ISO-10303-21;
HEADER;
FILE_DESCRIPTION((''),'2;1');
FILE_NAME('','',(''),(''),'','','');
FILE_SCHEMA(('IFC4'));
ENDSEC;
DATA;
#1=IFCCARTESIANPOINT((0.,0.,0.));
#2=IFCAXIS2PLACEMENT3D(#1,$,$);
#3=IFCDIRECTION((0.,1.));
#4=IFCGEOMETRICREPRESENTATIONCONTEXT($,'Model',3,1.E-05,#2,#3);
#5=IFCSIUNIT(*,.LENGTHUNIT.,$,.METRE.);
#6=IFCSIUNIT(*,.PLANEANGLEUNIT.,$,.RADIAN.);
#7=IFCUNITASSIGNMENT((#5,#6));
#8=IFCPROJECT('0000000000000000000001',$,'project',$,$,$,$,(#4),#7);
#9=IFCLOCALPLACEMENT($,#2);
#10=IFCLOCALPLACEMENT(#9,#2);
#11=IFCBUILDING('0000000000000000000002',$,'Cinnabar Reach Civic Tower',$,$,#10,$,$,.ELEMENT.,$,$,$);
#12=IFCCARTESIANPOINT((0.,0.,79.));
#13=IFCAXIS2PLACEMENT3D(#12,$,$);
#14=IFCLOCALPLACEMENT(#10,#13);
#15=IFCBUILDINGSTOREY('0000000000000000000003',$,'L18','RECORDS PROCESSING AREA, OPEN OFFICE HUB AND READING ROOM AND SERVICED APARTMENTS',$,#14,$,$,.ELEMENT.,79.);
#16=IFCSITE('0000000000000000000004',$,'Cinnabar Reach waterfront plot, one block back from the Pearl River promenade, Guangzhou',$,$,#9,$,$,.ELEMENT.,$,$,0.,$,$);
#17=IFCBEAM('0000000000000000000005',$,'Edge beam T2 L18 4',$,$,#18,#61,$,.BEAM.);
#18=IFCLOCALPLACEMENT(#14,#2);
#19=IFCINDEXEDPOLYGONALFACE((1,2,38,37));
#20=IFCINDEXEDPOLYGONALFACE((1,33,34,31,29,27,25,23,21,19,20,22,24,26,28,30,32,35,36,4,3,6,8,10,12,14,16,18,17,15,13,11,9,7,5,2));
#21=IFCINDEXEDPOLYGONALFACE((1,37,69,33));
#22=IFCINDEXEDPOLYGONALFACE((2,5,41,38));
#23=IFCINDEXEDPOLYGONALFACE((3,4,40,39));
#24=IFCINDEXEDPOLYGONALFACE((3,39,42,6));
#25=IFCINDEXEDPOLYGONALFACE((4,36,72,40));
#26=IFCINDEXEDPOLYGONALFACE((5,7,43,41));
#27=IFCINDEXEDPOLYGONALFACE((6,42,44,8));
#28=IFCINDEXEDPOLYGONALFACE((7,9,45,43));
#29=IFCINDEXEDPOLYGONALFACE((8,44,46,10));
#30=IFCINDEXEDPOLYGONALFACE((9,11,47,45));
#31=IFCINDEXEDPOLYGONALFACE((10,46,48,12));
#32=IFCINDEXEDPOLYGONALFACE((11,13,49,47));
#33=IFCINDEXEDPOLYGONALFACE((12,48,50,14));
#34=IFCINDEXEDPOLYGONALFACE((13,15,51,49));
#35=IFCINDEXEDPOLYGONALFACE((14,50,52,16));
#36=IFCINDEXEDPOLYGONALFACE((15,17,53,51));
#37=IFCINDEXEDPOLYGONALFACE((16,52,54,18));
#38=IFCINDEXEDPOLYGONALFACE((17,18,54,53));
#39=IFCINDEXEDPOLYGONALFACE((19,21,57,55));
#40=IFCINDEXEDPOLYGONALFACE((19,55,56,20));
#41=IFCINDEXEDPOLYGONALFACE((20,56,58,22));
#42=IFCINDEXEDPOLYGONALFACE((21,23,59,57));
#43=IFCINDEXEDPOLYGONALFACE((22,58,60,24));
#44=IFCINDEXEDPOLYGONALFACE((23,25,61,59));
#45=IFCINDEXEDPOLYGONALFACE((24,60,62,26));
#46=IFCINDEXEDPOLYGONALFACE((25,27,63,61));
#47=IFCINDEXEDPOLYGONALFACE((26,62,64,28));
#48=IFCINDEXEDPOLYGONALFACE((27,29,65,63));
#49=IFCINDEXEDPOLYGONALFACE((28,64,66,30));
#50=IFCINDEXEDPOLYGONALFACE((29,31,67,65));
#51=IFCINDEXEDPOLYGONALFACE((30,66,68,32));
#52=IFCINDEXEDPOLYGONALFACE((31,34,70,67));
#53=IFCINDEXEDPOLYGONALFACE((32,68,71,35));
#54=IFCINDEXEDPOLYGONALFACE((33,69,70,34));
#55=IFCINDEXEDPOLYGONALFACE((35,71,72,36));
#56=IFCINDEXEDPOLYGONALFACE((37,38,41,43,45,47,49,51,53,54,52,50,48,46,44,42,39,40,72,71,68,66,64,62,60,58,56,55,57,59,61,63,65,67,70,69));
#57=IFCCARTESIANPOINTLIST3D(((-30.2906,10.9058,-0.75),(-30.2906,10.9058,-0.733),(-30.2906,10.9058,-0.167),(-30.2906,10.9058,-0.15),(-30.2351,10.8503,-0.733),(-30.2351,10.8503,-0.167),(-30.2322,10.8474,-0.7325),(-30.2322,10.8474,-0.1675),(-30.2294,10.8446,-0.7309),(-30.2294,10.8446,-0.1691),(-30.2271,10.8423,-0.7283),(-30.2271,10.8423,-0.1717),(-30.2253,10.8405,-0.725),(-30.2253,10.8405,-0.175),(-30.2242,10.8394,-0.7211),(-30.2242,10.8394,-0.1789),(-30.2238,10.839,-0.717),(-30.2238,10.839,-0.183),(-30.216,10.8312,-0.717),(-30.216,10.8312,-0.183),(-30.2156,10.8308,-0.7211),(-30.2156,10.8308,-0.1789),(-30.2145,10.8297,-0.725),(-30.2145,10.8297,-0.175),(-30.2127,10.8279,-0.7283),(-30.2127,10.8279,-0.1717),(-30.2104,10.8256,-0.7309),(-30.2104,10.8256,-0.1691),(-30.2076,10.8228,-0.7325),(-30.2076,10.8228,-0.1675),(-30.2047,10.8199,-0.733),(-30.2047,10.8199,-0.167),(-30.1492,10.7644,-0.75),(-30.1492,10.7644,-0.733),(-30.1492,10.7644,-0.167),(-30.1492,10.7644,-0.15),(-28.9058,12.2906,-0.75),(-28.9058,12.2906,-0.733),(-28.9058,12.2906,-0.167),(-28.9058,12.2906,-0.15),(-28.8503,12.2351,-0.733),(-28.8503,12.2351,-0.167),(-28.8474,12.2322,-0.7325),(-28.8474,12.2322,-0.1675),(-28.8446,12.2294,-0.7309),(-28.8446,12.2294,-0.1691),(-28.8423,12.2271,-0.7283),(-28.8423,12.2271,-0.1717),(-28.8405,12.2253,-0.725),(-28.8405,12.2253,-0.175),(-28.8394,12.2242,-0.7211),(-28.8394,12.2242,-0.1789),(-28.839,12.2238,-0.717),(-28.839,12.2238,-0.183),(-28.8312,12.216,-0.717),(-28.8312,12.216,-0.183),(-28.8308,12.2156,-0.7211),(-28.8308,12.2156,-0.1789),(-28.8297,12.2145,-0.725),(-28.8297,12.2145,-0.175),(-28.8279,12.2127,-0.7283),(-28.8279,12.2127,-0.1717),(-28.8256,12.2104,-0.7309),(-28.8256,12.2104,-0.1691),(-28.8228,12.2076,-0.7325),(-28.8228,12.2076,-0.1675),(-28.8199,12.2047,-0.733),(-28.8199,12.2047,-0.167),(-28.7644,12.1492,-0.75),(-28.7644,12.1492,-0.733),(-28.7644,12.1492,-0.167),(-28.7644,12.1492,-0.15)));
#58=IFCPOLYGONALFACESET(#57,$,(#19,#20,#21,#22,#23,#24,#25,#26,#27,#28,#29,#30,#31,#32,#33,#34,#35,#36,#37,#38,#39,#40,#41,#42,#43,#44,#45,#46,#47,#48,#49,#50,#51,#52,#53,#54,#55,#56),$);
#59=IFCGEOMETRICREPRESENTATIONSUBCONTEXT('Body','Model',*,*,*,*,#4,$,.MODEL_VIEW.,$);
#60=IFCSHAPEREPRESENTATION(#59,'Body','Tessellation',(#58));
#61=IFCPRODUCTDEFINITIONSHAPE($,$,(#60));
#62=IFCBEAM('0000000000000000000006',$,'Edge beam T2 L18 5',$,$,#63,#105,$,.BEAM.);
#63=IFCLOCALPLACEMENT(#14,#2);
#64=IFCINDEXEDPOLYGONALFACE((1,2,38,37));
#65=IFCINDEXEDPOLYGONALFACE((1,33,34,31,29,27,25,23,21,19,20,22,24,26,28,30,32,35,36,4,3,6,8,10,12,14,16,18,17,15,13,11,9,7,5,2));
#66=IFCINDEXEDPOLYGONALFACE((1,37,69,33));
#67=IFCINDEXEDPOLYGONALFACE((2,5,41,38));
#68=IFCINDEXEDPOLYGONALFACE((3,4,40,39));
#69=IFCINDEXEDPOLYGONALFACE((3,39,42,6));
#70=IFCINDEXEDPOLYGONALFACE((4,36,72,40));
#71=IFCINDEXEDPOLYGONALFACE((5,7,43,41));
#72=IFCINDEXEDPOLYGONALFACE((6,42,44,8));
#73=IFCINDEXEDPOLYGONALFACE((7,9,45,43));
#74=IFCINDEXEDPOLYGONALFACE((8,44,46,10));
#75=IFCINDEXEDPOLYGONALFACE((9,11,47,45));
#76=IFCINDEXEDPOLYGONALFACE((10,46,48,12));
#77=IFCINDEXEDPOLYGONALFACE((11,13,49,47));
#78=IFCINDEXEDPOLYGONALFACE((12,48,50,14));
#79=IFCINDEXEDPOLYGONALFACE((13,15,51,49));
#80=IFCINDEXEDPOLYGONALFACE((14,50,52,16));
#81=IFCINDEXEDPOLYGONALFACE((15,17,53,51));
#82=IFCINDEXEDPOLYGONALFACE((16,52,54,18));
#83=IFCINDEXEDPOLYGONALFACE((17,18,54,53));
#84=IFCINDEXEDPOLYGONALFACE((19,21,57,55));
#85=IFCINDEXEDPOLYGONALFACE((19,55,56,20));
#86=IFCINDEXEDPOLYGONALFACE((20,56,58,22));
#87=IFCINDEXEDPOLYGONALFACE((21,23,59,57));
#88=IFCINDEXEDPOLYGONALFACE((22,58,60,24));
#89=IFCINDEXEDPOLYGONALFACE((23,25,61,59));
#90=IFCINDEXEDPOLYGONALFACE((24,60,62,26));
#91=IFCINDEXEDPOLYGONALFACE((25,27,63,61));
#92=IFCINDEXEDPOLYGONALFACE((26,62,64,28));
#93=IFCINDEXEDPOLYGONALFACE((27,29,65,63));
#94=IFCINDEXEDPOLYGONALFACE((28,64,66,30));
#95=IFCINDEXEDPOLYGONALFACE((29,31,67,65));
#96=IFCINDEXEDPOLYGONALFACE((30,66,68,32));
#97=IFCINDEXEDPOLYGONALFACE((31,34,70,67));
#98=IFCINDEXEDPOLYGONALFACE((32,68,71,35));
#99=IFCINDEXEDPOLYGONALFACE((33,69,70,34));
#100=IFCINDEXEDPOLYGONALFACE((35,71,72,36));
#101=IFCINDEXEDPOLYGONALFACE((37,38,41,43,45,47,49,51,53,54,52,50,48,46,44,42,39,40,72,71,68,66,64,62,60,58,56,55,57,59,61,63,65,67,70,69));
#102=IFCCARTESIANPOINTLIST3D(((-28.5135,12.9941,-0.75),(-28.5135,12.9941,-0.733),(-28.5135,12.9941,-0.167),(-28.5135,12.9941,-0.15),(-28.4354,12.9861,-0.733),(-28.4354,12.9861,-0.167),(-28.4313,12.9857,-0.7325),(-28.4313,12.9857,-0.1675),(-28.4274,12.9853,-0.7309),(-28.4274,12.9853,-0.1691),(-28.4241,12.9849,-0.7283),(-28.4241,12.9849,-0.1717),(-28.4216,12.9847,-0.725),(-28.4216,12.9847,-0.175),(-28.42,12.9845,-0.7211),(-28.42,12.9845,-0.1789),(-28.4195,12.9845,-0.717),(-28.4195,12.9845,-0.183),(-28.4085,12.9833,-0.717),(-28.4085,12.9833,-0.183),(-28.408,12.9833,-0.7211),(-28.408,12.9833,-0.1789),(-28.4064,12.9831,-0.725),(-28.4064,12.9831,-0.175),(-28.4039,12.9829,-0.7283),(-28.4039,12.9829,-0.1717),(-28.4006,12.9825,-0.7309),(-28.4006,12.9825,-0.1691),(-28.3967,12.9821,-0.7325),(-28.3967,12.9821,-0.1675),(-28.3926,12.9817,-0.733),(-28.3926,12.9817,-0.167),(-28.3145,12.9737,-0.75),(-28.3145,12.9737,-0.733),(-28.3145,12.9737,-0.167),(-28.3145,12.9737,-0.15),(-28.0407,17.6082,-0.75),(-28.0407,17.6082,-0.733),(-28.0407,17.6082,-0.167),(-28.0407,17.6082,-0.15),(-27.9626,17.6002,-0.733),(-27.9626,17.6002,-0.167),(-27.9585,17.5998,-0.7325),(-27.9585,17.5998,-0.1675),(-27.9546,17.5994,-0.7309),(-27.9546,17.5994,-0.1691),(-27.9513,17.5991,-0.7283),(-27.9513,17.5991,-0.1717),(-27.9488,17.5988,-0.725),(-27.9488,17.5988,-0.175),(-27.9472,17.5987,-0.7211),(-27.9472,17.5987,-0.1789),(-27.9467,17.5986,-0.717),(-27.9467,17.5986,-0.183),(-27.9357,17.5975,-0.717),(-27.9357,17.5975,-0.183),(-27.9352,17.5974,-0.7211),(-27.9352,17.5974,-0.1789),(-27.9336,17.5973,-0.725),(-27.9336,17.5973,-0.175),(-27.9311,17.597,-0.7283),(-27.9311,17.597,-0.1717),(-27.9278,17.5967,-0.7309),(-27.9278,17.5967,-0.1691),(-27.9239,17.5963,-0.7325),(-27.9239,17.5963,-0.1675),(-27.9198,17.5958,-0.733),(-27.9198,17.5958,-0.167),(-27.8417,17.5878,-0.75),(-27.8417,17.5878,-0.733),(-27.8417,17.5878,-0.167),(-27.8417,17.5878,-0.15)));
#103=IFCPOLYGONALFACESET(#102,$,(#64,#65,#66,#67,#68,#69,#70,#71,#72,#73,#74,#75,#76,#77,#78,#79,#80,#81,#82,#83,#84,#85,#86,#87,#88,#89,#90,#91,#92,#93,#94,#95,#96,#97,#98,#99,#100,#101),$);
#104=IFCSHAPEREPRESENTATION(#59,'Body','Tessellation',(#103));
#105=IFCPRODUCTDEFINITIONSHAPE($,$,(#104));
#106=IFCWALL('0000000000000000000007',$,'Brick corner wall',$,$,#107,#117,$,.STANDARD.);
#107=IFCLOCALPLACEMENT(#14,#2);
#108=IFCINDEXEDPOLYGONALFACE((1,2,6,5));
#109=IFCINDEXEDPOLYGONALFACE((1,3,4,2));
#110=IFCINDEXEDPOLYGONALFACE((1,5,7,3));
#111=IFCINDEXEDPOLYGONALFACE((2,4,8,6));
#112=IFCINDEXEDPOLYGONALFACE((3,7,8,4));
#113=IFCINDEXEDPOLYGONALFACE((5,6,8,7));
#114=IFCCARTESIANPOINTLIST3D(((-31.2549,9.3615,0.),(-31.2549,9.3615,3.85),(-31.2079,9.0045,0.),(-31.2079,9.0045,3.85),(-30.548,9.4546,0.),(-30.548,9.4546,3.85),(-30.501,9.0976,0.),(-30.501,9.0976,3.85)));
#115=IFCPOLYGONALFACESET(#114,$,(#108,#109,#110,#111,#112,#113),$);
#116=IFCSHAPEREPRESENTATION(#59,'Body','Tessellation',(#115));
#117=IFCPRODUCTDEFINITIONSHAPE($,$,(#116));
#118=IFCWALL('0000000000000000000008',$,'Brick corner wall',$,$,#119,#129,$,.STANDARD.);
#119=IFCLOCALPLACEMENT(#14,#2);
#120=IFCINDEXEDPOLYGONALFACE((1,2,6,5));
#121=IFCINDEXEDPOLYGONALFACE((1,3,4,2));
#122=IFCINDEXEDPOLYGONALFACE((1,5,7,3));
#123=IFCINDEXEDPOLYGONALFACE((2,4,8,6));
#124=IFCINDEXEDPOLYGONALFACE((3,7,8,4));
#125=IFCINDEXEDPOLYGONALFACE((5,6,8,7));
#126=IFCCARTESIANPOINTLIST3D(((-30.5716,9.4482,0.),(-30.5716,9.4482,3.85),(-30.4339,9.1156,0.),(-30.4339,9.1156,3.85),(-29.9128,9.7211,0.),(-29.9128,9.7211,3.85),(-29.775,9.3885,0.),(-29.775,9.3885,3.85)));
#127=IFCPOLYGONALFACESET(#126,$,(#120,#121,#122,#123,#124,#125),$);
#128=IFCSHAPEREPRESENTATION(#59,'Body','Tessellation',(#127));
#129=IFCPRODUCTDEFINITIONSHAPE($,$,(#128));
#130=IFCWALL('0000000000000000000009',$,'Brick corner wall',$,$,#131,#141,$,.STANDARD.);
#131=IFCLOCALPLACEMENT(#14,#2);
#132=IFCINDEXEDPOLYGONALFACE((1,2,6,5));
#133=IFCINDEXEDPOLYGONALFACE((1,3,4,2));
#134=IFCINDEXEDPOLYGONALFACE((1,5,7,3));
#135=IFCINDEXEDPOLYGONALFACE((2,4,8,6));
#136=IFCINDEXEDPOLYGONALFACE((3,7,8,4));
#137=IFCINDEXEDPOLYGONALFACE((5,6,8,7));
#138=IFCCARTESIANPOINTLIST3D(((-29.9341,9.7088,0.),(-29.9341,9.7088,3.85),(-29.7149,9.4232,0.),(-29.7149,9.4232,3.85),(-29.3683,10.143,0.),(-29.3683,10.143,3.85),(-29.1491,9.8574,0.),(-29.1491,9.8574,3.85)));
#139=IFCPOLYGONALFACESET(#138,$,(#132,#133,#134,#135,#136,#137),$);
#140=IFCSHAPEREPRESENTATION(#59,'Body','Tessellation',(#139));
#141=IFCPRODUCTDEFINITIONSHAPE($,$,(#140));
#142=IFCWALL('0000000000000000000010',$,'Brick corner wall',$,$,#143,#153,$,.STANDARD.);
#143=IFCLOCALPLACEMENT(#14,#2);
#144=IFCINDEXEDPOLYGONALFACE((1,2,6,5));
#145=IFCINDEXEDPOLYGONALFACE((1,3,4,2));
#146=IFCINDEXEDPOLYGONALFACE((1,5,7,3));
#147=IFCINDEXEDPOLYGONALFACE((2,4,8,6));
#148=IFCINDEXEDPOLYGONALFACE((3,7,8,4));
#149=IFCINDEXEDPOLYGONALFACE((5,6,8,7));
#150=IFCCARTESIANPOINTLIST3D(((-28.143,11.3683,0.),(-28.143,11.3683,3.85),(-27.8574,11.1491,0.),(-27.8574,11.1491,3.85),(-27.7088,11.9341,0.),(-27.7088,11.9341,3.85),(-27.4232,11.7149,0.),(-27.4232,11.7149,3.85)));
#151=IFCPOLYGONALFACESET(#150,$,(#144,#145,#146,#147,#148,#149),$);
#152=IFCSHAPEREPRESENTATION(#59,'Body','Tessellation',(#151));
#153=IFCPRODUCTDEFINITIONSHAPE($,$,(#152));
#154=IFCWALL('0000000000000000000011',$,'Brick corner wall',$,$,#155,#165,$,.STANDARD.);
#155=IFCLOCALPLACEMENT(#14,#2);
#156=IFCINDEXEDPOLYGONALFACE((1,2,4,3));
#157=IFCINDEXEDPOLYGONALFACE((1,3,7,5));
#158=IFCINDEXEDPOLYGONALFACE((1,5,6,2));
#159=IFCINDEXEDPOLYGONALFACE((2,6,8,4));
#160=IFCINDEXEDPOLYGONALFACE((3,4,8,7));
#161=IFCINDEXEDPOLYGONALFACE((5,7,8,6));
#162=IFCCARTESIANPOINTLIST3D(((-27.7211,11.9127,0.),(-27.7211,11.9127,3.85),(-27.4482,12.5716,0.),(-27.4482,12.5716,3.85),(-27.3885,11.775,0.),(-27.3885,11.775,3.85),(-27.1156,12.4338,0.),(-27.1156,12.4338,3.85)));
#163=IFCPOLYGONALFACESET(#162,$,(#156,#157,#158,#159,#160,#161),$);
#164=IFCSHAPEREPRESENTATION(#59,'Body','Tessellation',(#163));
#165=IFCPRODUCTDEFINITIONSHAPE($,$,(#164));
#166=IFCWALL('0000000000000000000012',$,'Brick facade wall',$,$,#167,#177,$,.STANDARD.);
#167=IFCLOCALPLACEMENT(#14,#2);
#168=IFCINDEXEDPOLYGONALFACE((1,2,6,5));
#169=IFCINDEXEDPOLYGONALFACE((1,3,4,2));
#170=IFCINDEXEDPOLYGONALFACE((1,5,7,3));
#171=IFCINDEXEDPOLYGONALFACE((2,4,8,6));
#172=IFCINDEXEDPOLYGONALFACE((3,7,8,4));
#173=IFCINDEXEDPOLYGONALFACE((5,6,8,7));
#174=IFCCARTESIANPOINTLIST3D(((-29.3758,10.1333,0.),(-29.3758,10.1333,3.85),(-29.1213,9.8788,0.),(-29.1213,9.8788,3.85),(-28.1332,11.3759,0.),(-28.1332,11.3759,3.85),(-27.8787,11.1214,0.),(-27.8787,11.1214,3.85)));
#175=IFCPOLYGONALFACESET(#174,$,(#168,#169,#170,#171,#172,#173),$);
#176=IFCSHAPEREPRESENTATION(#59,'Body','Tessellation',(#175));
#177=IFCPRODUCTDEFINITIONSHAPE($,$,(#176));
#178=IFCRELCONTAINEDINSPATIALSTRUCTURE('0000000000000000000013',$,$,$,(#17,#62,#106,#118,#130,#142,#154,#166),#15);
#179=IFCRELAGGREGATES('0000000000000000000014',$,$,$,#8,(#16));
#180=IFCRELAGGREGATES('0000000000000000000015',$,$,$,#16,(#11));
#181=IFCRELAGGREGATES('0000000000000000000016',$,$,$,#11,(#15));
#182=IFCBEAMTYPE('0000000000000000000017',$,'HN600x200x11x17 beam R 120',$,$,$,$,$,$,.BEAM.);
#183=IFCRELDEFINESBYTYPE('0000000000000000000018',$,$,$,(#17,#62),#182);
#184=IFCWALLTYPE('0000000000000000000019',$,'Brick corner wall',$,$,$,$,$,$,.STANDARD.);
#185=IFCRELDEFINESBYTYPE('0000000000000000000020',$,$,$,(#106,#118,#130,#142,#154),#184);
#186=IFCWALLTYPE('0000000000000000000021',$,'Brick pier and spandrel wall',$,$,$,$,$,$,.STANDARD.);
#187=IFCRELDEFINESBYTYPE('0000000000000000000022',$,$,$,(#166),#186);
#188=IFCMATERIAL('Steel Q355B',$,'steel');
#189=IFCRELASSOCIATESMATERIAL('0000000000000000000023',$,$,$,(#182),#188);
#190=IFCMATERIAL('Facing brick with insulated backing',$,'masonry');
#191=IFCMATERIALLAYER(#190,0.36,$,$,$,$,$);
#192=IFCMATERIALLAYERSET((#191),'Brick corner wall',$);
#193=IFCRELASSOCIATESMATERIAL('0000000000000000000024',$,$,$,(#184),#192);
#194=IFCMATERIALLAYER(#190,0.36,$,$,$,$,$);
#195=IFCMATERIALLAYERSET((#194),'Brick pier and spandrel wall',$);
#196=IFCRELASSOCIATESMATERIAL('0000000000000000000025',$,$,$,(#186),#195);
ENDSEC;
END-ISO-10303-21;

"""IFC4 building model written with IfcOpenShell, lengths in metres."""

from ifc_helpers import new_model, si_unit, direction, frame, frame_2d, origin, origin_2d, place, context, subcontext, project, spatial, rectangle, i_section, extrude, material, layer, layer_set, material_profile, profile_set, type_object, element, save


model = new_model("IFC4")

# Units and contexts
model_context = context("Model", 3, precision=1e-05, world=origin(), true_north=direction((0.0, 1.0)))
body_context = subcontext(model_context, "Body", "Model", "MODEL_VIEW")
ifc_project = project(units=[si_unit("LENGTHUNIT", "METRE"), si_unit("PLANEANGLEUNIT", "RADIAN")], contexts=[model_context])

# Site, building, storey
site_placement = place(None, origin())
site = spatial("IfcSite", under=ifc_project, at=site_placement, Name="Cinnabar Reach waterfront plot, one block back from the Pearl River promenade, Guangzhou", CompositionType="ELEMENT", RefElevation=0.0)
building_placement = place(site_placement, origin())
building = spatial("IfcBuilding", under=site, at=building_placement, Name="Cinnabar Reach Civic Tower", CompositionType="ELEMENT")
storey_placement = place(building_placement, frame((0.0, 0.0, 79.0)))
storey = spatial("IfcBuildingStorey", under=building, at=storey_placement, Name="L18", Description="RECORDS PROCESSING AREA, OPEN OFFICE HUB AND READING ROOM AND SERVICED APARTMENTS", CompositionType="ELEMENT", Elevation=79.0)

# Beams
ifc_material_1 = material(Name="Steel Q355B", Category="steel")
ifc_material_profile_1 = material_profile(ifc_material_1, i_section(OverallWidth=0.2, OverallDepth=0.6, WebThickness=0.011, FlangeThickness=0.017, FilletRadius=0.016, at=origin_2d()), Name="HN600x200x11x17")
ifc_profile_set_1 = profile_set([ifc_material_profile_1], Name="Steel Q355B")
beam_type_1 = type_object("IfcBeamType", Name="HN600x200x11x17 beam R 120", PredefinedType="BEAM", material=ifc_profile_set_1)
beam_1_placement = place(storey_placement, frame((-30.2199, 10.8351, -0.45), z_axis=(0.707107, 0.707107, 0.0), x_axis=(-0.707107, 0.707107, 0.0)))
element("IfcBeam", 1, at=beam_1_placement, inside=storey, type_object=beam_type_1, Name="Edge beam T2 L18 4", PredefinedType="BEAM", context=body_context, shape_type="SweptSolid", body=[
    extrude(i_section(OverallWidth=0.2, OverallDepth=0.6, WebThickness=0.011, FlangeThickness=0.017, FilletRadius=0.016, at=origin_2d()), origin(), (0.0, 0.0, 1.0), 1.9584),
])
beam_2_placement = place(storey_placement, frame((-28.414, 12.9839, -0.45), z_axis=(0.101935, 0.994791, 0.0), x_axis=(-0.994791, 0.101935, 0.0)))
element("IfcBeam", 2, at=beam_2_placement, inside=storey, type_object=beam_type_1, Name="Edge beam T2 L18 5", PredefinedType="BEAM", context=body_context, shape_type="SweptSolid", body=[
    extrude(i_section(OverallWidth=0.2, OverallDepth=0.6, WebThickness=0.011, FlangeThickness=0.017, FilletRadius=0.016, at=origin_2d()), origin(), (0.0, 0.0, 1.0), 4.6383),
])

# Walls
ifc_material_2 = material(Name="Facing brick with insulated backing", Category="masonry")
ifc_layer_1 = layer(ifc_material_2, 0.36)
ifc_layer_set_1 = layer_set([ifc_layer_1], Name="Brick corner wall")
wall_type_1 = type_object("IfcWallType", Name="Brick corner wall", PredefinedType="STANDARD", material=ifc_layer_set_1)
for number, where, z_axis, x_axis, name in (
    (3, (-31.2314, 9.183, 0.0), (0.0, 0.0, 1.0), (0.991441, 0.130556, 0.0), "Brick corner wall"),
    (4, (-30.5027, 9.2819, 0.0), (0.0, 0.0, 1.0), (0.923872, 0.382703, 0.0), "Brick corner wall"),
):
    element("IfcWall", number, at=place(storey_placement, frame(where, z_axis=z_axis, x_axis=x_axis)), inside=storey, type_object=wall_type_1, Name=name, PredefinedType="STANDARD", context=body_context, shape_type="SweptSolid", body=[
        extrude(rectangle(XDim=0.7131, YDim=0.36, at=frame_2d((0.3565, 0.0))), origin(), (0.0, 0.0, 1.0), 3.85),
    ])
for number, where, z_axis, x_axis, name in (
    (5, (-29.8245, 9.566, 0.0), (0.0, 0.0, 1.0), (0.793322, 0.608802, 0.0), "Brick corner wall"),
    (6, (-28.0002, 11.2587, 0.0), (0.0, 0.0, 1.0), (0.608802, 0.793322, 0.0), "Brick corner wall"),
):
    element("IfcWall", number, at=place(storey_placement, frame(where, z_axis=z_axis, x_axis=x_axis)), inside=storey, type_object=wall_type_1, Name=name, PredefinedType="STANDARD", context=body_context, shape_type="SweptSolid", body=[
        extrude(rectangle(XDim=0.7132, YDim=0.36, at=frame_2d((0.3566, 0.0))), origin(), (0.0, 0.0, 1.0), 3.85),
    ])
wall_1_placement = place(storey_placement, frame((-27.5548, 11.8439, 0.0), z_axis=(0.0, 0.0, 1.0), x_axis=(0.382703, 0.923872, 0.0)))
element("IfcWall", 7, at=wall_1_placement, inside=storey, type_object=wall_type_1, Name="Brick corner wall", PredefinedType="STANDARD", context=body_context, shape_type="SweptSolid", body=[
    extrude(rectangle(XDim=0.7131, YDim=0.36, at=frame_2d((0.3565, 0.0))), origin(), (0.0, 0.0, 1.0), 3.85),
])
ifc_layer_2 = layer(ifc_material_2, 0.36)
ifc_layer_set_2 = layer_set([ifc_layer_2], Name="Brick pier and spandrel wall")
wall_type_2 = type_object("IfcWallType", Name="Brick pier and spandrel wall", PredefinedType="STANDARD", material=ifc_layer_set_2)
wall_2_placement = place(storey_placement, frame((-29.2486, 10.006, 0.0), z_axis=(0.0, 0.0, 1.0), x_axis=(0.707107, 0.707107, 0.0)))
element("IfcWall", 8, at=wall_2_placement, inside=storey, type_object=wall_type_2, Name="Brick facade wall", PredefinedType="STANDARD", context=body_context, shape_type="SweptSolid", body=[
    extrude(rectangle(XDim=1.7573, YDim=0.36, at=frame_2d((0.8787, 0.0))), origin(), (0.0, 0.0, 1.0), 3.85),
])

save(model, "model.ifc")
